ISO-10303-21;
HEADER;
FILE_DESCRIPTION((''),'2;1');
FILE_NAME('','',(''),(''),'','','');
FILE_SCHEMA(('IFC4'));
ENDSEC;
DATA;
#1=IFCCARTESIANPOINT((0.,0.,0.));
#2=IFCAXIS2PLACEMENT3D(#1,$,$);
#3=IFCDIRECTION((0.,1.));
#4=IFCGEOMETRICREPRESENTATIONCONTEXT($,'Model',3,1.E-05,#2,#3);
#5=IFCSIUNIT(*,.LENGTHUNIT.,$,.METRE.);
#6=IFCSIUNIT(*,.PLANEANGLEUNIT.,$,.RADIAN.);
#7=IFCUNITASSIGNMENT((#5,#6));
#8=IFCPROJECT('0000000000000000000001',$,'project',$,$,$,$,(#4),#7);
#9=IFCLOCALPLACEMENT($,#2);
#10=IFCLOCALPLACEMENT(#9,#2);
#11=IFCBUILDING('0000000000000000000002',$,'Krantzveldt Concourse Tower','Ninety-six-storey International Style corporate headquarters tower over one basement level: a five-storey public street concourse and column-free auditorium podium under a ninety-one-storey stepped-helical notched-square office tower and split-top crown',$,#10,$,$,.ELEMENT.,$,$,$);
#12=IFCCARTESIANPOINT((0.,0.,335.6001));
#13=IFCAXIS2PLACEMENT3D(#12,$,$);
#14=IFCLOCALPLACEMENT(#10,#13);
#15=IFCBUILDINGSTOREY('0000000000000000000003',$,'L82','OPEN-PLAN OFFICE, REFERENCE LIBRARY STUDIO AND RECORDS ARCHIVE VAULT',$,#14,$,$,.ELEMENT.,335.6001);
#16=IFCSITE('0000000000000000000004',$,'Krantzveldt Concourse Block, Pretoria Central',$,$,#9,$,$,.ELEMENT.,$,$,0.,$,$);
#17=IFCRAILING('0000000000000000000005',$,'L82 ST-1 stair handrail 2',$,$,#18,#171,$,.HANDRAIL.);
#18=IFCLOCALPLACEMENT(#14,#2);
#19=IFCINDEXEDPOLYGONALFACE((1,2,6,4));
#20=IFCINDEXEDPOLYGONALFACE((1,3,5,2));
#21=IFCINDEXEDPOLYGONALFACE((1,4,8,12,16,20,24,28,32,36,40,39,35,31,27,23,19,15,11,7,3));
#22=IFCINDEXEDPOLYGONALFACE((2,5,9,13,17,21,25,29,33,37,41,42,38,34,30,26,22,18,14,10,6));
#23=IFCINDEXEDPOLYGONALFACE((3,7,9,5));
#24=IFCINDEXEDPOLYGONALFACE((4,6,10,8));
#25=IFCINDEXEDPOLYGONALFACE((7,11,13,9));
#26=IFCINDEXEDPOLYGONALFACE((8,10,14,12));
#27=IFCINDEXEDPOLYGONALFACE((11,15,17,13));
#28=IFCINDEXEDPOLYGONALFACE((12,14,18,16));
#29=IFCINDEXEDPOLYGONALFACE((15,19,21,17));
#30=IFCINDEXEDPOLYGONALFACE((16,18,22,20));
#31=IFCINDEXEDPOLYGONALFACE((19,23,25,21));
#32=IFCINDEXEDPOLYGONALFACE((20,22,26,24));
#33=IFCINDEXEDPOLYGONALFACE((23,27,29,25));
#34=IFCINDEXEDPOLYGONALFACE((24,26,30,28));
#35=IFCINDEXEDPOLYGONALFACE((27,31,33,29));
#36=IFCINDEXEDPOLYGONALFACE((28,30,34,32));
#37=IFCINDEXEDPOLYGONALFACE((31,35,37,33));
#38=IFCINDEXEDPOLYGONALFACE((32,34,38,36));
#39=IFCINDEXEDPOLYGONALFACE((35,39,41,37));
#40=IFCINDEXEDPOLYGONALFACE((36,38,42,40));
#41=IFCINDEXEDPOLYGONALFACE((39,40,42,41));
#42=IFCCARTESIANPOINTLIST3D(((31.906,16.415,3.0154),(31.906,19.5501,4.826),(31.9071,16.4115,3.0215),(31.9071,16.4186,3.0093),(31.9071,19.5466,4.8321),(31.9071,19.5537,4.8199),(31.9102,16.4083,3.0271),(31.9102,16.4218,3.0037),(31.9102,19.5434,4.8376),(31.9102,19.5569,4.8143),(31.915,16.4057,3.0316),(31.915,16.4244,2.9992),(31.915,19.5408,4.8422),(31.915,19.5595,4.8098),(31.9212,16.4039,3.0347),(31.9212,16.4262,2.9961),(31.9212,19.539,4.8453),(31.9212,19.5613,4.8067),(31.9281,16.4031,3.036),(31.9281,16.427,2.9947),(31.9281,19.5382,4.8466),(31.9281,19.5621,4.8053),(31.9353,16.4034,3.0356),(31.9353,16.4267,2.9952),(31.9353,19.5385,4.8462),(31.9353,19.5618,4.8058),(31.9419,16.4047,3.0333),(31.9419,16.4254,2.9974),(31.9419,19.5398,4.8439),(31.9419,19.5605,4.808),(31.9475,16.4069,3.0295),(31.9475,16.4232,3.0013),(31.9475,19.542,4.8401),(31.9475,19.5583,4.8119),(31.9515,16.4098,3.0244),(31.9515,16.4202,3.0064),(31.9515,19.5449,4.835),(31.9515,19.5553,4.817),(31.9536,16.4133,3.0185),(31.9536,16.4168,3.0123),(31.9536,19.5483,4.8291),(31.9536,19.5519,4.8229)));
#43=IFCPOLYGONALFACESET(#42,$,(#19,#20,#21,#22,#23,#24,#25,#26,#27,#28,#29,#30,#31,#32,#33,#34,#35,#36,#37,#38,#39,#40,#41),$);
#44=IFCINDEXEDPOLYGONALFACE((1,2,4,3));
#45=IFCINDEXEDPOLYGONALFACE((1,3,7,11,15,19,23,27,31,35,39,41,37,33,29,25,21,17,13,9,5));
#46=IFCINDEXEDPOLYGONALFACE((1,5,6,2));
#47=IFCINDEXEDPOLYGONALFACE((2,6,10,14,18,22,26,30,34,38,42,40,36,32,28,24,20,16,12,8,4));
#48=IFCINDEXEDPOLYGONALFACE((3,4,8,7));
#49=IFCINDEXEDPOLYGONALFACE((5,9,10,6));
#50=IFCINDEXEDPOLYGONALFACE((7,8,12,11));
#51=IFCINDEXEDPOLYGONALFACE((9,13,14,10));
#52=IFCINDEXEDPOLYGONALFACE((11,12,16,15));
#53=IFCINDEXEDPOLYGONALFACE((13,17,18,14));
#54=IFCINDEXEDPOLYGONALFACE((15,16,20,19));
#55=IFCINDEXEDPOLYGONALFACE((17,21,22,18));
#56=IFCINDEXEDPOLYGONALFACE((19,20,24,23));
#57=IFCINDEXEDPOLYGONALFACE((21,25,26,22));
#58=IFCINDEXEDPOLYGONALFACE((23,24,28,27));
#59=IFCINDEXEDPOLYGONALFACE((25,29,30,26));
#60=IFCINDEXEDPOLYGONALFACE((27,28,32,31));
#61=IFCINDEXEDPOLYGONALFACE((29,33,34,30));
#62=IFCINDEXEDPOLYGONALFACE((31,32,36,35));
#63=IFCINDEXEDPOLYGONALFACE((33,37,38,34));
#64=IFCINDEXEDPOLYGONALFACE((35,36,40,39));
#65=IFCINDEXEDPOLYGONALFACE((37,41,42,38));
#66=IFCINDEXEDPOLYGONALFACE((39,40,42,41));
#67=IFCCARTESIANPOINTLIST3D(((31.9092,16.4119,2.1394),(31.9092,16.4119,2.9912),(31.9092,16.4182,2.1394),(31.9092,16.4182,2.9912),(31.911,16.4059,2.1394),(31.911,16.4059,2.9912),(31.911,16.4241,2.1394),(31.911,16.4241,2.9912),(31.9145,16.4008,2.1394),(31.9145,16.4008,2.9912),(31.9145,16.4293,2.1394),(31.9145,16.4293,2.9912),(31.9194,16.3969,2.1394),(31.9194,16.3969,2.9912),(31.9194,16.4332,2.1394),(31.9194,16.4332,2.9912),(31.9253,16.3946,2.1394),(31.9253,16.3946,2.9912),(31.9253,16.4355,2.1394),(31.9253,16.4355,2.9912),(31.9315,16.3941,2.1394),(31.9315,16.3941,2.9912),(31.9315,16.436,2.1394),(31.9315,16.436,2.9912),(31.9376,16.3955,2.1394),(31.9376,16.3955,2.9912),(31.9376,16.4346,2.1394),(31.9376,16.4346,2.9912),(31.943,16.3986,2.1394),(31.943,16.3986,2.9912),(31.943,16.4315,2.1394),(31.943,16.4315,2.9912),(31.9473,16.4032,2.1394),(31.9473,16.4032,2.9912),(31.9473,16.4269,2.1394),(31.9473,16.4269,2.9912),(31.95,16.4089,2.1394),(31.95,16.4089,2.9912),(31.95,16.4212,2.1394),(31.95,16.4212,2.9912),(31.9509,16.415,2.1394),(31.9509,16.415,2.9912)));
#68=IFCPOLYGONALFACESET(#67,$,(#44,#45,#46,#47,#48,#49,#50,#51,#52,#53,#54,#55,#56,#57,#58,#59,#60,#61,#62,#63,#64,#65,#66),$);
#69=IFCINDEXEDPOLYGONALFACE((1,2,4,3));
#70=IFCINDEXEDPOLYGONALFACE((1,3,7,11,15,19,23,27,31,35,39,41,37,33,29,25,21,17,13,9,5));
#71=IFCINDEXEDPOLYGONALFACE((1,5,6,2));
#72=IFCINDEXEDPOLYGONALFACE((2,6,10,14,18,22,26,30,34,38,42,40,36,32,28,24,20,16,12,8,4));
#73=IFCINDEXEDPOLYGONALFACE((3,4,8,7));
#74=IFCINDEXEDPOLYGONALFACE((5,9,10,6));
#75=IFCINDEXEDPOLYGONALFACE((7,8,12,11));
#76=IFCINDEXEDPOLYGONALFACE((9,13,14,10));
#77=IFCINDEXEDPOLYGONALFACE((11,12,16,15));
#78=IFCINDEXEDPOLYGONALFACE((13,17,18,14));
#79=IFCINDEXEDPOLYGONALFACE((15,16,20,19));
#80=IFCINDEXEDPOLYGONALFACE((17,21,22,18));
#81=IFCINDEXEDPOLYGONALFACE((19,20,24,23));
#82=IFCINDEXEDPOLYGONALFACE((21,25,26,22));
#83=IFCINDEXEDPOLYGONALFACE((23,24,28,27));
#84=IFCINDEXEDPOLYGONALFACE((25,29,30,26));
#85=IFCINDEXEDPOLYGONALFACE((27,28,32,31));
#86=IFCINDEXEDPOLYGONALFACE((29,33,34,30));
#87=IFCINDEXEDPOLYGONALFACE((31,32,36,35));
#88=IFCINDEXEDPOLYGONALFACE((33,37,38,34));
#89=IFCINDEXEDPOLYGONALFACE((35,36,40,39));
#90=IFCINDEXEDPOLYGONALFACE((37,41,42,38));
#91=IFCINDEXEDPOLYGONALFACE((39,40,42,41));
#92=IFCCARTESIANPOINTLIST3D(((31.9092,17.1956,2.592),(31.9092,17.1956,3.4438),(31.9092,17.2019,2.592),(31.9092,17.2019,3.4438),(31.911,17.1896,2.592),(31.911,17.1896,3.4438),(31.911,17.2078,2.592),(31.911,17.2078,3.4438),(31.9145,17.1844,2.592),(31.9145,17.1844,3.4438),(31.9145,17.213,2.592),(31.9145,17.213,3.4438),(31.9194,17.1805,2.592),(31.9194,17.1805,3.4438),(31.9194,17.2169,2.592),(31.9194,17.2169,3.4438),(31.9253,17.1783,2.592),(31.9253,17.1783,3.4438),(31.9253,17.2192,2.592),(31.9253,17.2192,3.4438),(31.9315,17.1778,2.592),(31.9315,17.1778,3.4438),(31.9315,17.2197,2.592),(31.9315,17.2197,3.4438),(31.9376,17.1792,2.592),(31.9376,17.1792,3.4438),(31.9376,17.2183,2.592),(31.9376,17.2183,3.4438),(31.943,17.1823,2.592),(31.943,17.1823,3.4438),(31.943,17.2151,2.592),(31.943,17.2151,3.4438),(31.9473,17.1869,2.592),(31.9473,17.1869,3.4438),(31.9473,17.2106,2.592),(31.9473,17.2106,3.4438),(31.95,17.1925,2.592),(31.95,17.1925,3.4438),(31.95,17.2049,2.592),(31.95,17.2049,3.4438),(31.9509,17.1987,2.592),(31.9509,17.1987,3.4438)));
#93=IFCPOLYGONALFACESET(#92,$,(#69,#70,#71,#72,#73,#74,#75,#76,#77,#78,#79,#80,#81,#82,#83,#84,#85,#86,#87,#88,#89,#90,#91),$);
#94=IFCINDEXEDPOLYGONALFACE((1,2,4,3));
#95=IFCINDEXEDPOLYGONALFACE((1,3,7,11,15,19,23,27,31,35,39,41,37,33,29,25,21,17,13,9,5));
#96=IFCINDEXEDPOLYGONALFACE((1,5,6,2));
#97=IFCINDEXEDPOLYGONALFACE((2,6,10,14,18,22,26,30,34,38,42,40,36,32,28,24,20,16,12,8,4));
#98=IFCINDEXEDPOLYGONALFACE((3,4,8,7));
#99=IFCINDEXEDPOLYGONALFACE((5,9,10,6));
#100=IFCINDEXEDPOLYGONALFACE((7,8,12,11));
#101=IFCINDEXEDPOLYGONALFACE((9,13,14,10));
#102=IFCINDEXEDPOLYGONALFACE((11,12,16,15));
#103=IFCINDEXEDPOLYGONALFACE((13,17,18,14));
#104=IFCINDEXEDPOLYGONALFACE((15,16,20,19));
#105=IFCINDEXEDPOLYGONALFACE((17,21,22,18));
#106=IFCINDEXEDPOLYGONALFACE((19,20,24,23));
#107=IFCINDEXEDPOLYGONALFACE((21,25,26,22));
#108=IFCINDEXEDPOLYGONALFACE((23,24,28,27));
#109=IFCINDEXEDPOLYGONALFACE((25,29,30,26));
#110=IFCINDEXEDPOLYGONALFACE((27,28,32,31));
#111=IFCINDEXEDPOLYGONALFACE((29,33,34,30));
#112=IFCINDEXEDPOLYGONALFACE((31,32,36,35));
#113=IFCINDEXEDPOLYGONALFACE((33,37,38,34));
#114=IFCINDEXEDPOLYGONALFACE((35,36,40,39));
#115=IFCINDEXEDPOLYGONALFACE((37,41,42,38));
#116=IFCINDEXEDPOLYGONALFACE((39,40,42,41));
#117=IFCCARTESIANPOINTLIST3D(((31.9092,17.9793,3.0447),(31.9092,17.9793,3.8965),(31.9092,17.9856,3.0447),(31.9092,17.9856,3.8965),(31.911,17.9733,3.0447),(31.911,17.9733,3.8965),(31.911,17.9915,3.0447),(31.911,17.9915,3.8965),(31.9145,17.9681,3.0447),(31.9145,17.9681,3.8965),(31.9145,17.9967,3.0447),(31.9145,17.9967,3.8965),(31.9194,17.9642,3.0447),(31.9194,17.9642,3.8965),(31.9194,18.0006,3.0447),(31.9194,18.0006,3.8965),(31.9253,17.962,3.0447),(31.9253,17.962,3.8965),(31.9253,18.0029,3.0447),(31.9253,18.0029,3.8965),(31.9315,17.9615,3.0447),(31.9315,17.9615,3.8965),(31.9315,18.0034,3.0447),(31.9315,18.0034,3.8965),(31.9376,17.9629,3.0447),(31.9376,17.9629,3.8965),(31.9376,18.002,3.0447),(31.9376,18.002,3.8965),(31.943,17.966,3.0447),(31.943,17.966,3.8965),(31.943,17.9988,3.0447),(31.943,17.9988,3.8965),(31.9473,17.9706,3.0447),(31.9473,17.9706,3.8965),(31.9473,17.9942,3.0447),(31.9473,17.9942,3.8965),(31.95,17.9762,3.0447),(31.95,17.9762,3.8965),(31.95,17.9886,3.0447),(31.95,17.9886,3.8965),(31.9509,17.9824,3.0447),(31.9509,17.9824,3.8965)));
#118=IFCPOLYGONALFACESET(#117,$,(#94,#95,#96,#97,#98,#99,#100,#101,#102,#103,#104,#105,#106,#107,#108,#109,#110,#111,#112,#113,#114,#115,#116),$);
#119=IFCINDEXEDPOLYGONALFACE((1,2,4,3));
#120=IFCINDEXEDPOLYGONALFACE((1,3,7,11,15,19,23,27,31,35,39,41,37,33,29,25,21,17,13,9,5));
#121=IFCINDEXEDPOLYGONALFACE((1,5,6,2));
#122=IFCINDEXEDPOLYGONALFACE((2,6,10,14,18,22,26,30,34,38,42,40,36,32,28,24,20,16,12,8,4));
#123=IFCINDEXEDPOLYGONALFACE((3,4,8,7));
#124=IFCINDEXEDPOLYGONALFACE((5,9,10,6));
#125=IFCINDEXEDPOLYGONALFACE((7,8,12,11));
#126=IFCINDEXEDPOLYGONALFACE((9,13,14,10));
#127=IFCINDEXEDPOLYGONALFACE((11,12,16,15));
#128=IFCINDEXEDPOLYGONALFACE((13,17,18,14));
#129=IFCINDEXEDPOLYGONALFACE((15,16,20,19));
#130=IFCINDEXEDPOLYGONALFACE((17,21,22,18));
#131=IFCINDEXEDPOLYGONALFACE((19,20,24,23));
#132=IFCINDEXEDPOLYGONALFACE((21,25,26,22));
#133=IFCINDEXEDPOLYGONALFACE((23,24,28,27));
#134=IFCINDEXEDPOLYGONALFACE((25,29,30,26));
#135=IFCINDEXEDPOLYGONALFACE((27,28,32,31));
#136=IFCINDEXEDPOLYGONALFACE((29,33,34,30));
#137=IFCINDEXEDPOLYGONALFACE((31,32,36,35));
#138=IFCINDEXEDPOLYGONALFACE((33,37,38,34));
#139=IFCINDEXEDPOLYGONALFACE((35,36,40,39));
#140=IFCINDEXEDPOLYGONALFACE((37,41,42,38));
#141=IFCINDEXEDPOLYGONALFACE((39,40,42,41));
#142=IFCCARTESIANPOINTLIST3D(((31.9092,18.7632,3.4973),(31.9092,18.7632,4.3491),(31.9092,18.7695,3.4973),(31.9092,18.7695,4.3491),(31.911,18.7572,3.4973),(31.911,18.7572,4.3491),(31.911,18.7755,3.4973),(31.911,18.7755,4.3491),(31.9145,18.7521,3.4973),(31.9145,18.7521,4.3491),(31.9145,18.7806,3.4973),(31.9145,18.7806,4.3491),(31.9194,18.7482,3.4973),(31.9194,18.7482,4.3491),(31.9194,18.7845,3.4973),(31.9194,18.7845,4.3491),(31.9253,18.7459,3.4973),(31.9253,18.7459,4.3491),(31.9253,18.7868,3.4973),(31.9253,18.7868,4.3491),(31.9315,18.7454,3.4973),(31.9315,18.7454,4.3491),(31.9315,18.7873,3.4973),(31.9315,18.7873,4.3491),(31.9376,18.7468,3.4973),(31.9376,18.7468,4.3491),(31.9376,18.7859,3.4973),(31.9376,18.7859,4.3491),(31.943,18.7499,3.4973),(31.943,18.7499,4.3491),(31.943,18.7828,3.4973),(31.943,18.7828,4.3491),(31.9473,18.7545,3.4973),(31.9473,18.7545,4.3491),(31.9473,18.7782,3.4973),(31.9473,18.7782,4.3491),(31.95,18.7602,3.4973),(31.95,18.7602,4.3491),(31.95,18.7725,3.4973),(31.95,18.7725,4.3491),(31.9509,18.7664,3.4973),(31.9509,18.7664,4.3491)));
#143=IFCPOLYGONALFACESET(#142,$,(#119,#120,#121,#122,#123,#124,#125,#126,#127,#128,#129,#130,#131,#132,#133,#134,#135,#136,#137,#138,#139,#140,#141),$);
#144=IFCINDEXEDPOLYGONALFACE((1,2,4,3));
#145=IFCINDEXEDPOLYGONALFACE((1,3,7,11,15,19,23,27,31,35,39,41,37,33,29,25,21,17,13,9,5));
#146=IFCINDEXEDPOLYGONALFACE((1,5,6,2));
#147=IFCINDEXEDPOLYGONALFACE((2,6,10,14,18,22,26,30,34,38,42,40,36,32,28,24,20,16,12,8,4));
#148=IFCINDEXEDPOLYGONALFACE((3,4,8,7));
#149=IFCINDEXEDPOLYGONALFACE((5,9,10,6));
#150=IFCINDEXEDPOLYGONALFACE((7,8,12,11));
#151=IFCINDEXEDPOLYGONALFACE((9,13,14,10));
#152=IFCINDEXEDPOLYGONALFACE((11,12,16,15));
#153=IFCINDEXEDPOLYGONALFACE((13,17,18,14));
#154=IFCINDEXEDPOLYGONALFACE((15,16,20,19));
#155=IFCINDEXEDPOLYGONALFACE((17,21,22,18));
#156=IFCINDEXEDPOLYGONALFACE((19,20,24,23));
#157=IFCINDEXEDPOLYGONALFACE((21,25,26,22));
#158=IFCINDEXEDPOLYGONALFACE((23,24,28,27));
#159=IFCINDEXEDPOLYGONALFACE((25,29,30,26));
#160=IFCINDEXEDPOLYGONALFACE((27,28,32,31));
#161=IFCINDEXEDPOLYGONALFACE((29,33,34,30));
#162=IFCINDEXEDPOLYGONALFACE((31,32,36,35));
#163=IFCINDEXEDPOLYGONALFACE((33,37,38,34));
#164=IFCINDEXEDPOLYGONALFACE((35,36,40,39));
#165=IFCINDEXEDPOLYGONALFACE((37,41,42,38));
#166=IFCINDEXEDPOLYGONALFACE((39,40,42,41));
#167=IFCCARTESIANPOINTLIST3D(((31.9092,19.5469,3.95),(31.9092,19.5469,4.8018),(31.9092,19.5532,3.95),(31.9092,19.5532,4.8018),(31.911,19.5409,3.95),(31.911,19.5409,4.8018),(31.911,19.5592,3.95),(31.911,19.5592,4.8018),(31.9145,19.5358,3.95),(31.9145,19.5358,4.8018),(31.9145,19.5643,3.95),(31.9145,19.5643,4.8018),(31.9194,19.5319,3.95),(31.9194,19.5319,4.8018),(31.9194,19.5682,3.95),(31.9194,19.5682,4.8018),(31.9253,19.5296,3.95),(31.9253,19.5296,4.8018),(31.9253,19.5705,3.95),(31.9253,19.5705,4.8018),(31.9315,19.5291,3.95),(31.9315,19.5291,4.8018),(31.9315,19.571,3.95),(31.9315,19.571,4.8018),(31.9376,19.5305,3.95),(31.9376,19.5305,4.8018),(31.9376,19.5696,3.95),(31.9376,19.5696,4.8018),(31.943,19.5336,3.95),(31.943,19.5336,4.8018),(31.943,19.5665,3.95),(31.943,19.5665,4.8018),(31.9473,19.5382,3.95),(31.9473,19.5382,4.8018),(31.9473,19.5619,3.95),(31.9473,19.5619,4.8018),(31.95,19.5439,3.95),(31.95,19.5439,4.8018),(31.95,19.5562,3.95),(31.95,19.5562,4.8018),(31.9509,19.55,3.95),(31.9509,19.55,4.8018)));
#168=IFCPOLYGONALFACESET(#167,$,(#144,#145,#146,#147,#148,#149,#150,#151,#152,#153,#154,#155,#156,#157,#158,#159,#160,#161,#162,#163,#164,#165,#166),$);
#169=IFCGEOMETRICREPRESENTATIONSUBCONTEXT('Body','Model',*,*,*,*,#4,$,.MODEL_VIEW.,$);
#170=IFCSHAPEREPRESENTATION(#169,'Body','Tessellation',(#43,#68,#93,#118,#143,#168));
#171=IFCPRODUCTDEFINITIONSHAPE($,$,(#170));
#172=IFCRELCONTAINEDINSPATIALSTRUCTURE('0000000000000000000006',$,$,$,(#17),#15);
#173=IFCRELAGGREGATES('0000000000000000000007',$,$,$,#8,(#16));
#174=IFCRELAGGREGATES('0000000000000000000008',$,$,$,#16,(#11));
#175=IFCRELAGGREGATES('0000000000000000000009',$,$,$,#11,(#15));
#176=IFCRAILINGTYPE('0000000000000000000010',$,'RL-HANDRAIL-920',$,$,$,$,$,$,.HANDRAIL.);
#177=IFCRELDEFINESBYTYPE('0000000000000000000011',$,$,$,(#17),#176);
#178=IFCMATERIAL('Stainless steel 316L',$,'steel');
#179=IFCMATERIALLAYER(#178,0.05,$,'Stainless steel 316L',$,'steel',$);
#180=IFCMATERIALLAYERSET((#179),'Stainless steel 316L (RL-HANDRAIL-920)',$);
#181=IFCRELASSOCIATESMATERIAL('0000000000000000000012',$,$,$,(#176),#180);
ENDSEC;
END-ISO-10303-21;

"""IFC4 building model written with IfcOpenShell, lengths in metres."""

from ifc_helpers import new_model, si_unit, direction, frame, origin, origin_2d, place, context, subcontext, project, spatial, circle, extrude, material, layer, layer_set, type_object, element, save


model = new_model("IFC4")

# Units and contexts
model_context = context("Model", 3, precision=1e-05, world=origin(), true_north=direction((0.0, 1.0)))
body_context = subcontext(model_context, "Body", "Model", "MODEL_VIEW")
ifc_project = project(units=[si_unit("LENGTHUNIT", "METRE"), si_unit("PLANEANGLEUNIT", "RADIAN")], contexts=[model_context])

# Site, building, storey
site_placement = place(None, origin())
site = spatial("IfcSite", under=ifc_project, at=site_placement, Name="Krantzveldt Concourse Block, Pretoria Central", CompositionType="ELEMENT", RefElevation=0.0)
building_placement = place(site_placement, origin())
building = spatial("IfcBuilding", under=site, at=building_placement, Name="Krantzveldt Concourse Tower", Description="Ninety-six-storey International Style corporate headquarters tower over one basement level: a five-storey public street concourse and column-free auditorium podium under a ninety-one-storey stepped-helical notched-square office tower and split-top crown", CompositionType="ELEMENT")
storey_placement = place(building_placement, frame((0.0, 0.0, 335.6001)))
storey = spatial("IfcBuildingStorey", under=building, at=storey_placement, Name="L82", Description="OPEN-PLAN OFFICE, REFERENCE LIBRARY STUDIO AND RECORDS ARCHIVE VAULT", CompositionType="ELEMENT", Elevation=335.6001)

# Shared definitions
ifc_material_1 = material(Name="Stainless steel 316L", Category="steel")

# Railing
ifc_layer_1 = layer(ifc_material_1, 0.05, Name="Stainless steel 316L", Category="steel")
ifc_layer_set_1 = layer_set([ifc_layer_1], Name="Stainless steel 316L (RL-HANDRAIL-920)")
railing_type_1 = type_object("IfcRailingType", Name="RL-HANDRAIL-920", PredefinedType="HANDRAIL", material=ifc_layer_set_1)
railing_1_placement = place(storey_placement, frame((31.9299, 16.415, 2.1394)))
element("IfcRailing", 1, at=railing_1_placement, inside=storey, type_object=railing_type_1, Name="L82 ST-1 stair handrail 2", PredefinedType="HANDRAIL", context=body_context, shape_type="SweptSolid", body=[
    extrude(circle(Radius=0.0239, at=origin_2d()), frame((0.0, 0.0, 0.876), z_axis=(0.0, 0.86596, 0.500114), x_axis=(-1.0, 0.0, 0.0)), (0.0, 0.0, 1.0), 3.6204),
    extrude(circle(Radius=0.021, at=origin_2d()), origin(), (0.0, 0.0, 1.0), 0.8518),
    extrude(circle(Radius=0.021, at=origin_2d()), frame((0.0, 0.7837, 0.4526)), (0.0, 0.0, 1.0), 0.8518),
    extrude(circle(Radius=0.021, at=origin_2d()), frame((0.0, 1.5674, 0.9053)), (0.0, 0.0, 1.0), 0.8518),
    extrude(circle(Radius=0.021, at=origin_2d()), frame((0.0, 2.3513, 1.3579)), (0.0, 0.0, 1.0), 0.8518),
    extrude(circle(Radius=0.021, at=origin_2d()), frame((0.0, 3.135, 1.8105)), (0.0, 0.0, 1.0), 0.8518),
])

save(model, "model.ifc")
